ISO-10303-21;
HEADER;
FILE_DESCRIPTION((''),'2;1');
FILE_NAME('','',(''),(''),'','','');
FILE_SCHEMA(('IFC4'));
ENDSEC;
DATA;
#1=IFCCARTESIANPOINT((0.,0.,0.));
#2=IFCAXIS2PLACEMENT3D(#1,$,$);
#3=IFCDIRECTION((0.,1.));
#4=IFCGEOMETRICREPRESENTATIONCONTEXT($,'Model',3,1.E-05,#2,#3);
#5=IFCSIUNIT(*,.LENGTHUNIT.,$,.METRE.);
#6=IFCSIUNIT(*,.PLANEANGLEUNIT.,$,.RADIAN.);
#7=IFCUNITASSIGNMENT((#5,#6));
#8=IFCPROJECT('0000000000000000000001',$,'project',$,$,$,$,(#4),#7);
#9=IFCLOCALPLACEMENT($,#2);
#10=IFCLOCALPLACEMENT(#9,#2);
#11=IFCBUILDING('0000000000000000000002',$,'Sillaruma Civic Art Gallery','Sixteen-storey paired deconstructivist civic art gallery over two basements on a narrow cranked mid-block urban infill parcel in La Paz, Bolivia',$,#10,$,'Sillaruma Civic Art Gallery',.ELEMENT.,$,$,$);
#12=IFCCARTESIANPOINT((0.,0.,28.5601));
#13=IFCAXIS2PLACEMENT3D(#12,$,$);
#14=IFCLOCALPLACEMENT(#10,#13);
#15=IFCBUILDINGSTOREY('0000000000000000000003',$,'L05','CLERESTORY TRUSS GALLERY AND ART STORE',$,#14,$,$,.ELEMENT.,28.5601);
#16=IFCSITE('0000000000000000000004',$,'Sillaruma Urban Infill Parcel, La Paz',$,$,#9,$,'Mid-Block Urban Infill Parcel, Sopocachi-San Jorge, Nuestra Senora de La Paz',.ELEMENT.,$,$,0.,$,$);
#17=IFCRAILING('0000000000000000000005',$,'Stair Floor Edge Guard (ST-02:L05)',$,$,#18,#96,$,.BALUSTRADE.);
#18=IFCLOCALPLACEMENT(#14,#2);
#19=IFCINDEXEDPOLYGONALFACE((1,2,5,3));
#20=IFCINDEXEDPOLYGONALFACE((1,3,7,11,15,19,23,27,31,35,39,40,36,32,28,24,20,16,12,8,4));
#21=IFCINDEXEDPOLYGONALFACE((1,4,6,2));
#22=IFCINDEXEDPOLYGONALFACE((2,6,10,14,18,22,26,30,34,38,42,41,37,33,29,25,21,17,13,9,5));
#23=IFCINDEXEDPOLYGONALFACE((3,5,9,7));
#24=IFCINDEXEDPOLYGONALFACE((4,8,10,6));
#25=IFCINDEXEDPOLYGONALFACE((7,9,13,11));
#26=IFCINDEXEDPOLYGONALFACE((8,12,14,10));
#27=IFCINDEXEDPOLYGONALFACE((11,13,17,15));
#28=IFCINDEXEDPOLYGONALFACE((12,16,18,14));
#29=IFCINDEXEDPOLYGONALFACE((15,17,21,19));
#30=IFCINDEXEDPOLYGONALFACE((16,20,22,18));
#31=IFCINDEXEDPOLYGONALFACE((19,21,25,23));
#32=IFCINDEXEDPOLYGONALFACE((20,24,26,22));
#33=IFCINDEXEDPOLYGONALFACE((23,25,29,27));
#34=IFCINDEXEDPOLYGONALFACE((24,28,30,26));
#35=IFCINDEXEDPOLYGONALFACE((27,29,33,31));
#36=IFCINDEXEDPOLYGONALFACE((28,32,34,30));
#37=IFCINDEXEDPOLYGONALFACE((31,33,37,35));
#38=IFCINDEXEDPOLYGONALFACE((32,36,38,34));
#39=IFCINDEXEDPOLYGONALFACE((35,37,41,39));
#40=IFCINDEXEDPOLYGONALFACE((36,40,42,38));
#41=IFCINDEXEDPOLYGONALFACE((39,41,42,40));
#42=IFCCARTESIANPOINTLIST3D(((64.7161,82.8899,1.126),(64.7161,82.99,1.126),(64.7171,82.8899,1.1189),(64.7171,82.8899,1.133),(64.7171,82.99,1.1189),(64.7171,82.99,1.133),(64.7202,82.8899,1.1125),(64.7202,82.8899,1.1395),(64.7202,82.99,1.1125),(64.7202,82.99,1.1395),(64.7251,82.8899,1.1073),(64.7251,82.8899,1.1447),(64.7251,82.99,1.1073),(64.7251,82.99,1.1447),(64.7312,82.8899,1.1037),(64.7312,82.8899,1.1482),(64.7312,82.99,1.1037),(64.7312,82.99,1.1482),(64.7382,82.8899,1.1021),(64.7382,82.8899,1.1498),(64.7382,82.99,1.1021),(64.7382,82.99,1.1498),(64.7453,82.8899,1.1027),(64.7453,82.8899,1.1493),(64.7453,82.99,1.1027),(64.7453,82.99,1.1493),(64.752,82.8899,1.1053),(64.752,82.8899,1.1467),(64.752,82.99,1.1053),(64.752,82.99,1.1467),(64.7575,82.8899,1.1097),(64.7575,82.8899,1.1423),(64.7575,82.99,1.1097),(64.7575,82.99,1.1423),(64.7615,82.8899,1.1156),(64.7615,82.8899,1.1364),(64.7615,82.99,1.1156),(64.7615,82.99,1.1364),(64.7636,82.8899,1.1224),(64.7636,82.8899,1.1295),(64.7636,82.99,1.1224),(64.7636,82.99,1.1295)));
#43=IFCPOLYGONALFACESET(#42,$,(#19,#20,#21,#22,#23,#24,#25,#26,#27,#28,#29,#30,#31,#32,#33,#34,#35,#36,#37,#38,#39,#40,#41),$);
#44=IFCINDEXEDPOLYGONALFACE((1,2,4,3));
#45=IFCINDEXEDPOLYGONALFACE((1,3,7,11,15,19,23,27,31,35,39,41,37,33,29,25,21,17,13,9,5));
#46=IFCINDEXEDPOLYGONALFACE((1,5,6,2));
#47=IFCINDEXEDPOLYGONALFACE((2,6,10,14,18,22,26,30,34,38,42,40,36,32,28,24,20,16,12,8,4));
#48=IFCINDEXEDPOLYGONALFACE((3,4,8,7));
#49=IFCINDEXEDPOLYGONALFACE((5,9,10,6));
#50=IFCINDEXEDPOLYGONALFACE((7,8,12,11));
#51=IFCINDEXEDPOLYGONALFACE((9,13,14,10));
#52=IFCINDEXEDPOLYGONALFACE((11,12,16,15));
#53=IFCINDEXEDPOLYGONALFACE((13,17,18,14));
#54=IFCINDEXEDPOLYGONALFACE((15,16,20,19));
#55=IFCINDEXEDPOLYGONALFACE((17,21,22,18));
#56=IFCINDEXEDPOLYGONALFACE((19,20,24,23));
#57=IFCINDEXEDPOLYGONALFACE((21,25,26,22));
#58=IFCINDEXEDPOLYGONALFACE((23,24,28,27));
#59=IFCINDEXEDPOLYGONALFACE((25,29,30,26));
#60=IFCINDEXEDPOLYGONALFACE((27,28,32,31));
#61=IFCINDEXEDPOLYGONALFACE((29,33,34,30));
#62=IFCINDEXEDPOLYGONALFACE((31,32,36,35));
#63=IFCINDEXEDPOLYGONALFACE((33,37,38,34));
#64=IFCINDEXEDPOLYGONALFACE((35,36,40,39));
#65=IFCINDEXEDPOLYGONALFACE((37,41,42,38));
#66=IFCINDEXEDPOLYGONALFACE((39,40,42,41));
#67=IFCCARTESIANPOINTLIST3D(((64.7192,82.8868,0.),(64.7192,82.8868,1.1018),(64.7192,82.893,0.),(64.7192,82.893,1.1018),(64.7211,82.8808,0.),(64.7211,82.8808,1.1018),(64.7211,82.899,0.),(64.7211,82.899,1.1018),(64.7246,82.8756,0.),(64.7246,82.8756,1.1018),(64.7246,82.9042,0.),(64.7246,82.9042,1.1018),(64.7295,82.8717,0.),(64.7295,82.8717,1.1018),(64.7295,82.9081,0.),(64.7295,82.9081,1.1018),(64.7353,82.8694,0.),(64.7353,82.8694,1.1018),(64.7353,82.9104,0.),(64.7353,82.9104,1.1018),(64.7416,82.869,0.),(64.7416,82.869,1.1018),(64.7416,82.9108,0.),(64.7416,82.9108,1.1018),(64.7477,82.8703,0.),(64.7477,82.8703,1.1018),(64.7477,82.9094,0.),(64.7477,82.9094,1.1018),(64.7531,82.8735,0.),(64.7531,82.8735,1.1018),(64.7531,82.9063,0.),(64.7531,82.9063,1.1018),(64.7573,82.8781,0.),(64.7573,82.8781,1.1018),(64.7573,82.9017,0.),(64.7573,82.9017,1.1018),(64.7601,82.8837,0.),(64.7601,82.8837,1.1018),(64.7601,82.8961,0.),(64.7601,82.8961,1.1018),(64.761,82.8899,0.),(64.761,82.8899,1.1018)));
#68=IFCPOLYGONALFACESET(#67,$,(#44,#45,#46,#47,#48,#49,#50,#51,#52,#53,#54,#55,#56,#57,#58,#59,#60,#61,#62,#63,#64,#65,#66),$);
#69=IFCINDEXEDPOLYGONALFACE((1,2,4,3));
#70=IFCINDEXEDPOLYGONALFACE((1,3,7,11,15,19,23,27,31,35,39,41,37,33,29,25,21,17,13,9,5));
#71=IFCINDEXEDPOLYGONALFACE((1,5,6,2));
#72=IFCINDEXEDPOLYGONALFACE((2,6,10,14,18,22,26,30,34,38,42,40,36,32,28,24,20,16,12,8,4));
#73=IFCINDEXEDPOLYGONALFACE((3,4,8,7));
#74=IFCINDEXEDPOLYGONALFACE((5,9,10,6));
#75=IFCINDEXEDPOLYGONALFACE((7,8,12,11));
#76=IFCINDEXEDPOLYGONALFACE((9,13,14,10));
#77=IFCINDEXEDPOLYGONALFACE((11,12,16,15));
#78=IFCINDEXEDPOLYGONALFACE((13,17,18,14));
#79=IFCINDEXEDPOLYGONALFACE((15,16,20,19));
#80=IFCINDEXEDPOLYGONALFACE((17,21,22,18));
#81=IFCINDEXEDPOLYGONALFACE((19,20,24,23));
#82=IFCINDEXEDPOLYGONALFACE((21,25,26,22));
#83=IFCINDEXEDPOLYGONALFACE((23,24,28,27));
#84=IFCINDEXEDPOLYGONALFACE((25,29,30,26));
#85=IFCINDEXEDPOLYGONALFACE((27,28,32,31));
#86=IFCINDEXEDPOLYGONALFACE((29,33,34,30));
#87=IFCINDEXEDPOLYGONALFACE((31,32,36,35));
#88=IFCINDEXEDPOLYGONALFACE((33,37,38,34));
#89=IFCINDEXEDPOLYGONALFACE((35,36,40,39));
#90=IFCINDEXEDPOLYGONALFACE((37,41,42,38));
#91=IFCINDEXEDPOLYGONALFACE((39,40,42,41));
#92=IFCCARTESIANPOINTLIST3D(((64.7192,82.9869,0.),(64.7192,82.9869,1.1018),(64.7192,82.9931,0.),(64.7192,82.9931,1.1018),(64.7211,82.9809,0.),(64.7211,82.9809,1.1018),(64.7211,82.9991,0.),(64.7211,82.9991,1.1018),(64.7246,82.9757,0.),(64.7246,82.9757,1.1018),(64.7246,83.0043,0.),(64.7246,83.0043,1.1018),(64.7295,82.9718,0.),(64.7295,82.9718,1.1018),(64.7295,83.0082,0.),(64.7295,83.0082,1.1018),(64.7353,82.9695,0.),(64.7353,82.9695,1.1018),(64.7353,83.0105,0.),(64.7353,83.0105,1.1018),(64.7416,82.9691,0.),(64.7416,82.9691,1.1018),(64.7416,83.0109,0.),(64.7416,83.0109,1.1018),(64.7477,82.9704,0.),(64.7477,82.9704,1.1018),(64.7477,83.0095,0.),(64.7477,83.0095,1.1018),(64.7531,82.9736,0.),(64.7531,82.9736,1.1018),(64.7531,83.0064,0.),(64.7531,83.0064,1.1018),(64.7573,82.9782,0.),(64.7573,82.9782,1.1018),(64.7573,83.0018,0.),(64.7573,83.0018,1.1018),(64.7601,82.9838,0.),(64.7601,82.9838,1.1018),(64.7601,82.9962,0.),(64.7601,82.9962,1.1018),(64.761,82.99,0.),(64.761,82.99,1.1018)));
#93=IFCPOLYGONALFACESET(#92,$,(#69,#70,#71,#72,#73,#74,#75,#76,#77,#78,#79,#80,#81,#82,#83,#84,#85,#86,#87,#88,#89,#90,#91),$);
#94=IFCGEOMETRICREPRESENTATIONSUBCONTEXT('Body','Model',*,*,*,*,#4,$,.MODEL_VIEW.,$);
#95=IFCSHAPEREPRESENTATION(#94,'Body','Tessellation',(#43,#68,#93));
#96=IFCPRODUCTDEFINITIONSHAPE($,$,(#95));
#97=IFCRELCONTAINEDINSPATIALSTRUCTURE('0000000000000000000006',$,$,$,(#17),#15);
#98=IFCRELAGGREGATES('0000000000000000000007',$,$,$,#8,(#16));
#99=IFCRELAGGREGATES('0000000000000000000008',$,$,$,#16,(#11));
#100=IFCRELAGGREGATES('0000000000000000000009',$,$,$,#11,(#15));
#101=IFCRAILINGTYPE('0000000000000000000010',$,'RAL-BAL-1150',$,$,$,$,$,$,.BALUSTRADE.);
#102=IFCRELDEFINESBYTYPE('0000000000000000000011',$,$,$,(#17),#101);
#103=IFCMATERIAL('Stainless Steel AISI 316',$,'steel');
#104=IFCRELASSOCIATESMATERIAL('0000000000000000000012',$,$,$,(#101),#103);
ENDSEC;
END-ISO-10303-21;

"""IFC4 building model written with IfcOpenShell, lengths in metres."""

from ifc_helpers import new_model, si_unit, direction, frame, origin, origin_2d, place, context, subcontext, project, spatial, circle, extrude, material, type_object, element, save


model = new_model("IFC4")

# Units and contexts
model_context = context("Model", 3, precision=1e-05, world=origin(), true_north=direction((0.0, 1.0)))
body_context = subcontext(model_context, "Body", "Model", "MODEL_VIEW")
ifc_project = project(units=[si_unit("LENGTHUNIT", "METRE"), si_unit("PLANEANGLEUNIT", "RADIAN")], contexts=[model_context])

# Site, building, storey
site_placement = place(None, origin())
site = spatial("IfcSite", under=ifc_project, at=site_placement, Name="Sillaruma Urban Infill Parcel, La Paz", LongName="Mid-Block Urban Infill Parcel, Sopocachi-San Jorge, Nuestra Senora de La Paz", CompositionType="ELEMENT", RefElevation=0.0)
building_placement = place(site_placement, origin())
building = spatial("IfcBuilding", under=site, at=building_placement, Name="Sillaruma Civic Art Gallery", Description="Sixteen-storey paired deconstructivist civic art gallery over two basements on a narrow cranked mid-block urban infill parcel in La Paz, Bolivia", LongName="Sillaruma Civic Art Gallery", CompositionType="ELEMENT")
storey_placement = place(building_placement, frame((0.0, 0.0, 28.5601)))
storey = spatial("IfcBuildingStorey", under=building, at=storey_placement, Name="L05", Description="CLERESTORY TRUSS GALLERY AND ART STORE", CompositionType="ELEMENT", Elevation=28.5601)

# Railing
ifc_material_1 = material(Name="Stainless Steel AISI 316", Category="steel")
railing_type_1 = type_object("IfcRailingType", Name="RAL-BAL-1150", PredefinedType="BALUSTRADE", material=ifc_material_1)
railing_1_placement = place(storey_placement, frame((64.74, 82.8899, 0.0)))
element("IfcRailing", 1, at=railing_1_placement, inside=storey, type_object=railing_type_1, Name="Stair Floor Edge Guard (ST-02:L05)", PredefinedType="BALUSTRADE", context=body_context, shape_type="SweptSolid", body=[
    extrude(circle(Radius=0.0239, at=origin_2d()), frame((0.0, 0.0, 1.126), z_axis=(0.0, 1.0, 0.0), x_axis=(-1.0, 0.0, 0.0)), (0.0, 0.0, 1.0), 0.1001),
    extrude(circle(Radius=0.021, at=origin_2d()), origin(), (0.0, 0.0, 1.0), 1.1018),
    extrude(circle(Radius=0.021, at=origin_2d()), frame((0.0, 0.1001, 0.0)), (0.0, 0.0, 1.0), 1.1018),
])

save(model, "model.ifc")
